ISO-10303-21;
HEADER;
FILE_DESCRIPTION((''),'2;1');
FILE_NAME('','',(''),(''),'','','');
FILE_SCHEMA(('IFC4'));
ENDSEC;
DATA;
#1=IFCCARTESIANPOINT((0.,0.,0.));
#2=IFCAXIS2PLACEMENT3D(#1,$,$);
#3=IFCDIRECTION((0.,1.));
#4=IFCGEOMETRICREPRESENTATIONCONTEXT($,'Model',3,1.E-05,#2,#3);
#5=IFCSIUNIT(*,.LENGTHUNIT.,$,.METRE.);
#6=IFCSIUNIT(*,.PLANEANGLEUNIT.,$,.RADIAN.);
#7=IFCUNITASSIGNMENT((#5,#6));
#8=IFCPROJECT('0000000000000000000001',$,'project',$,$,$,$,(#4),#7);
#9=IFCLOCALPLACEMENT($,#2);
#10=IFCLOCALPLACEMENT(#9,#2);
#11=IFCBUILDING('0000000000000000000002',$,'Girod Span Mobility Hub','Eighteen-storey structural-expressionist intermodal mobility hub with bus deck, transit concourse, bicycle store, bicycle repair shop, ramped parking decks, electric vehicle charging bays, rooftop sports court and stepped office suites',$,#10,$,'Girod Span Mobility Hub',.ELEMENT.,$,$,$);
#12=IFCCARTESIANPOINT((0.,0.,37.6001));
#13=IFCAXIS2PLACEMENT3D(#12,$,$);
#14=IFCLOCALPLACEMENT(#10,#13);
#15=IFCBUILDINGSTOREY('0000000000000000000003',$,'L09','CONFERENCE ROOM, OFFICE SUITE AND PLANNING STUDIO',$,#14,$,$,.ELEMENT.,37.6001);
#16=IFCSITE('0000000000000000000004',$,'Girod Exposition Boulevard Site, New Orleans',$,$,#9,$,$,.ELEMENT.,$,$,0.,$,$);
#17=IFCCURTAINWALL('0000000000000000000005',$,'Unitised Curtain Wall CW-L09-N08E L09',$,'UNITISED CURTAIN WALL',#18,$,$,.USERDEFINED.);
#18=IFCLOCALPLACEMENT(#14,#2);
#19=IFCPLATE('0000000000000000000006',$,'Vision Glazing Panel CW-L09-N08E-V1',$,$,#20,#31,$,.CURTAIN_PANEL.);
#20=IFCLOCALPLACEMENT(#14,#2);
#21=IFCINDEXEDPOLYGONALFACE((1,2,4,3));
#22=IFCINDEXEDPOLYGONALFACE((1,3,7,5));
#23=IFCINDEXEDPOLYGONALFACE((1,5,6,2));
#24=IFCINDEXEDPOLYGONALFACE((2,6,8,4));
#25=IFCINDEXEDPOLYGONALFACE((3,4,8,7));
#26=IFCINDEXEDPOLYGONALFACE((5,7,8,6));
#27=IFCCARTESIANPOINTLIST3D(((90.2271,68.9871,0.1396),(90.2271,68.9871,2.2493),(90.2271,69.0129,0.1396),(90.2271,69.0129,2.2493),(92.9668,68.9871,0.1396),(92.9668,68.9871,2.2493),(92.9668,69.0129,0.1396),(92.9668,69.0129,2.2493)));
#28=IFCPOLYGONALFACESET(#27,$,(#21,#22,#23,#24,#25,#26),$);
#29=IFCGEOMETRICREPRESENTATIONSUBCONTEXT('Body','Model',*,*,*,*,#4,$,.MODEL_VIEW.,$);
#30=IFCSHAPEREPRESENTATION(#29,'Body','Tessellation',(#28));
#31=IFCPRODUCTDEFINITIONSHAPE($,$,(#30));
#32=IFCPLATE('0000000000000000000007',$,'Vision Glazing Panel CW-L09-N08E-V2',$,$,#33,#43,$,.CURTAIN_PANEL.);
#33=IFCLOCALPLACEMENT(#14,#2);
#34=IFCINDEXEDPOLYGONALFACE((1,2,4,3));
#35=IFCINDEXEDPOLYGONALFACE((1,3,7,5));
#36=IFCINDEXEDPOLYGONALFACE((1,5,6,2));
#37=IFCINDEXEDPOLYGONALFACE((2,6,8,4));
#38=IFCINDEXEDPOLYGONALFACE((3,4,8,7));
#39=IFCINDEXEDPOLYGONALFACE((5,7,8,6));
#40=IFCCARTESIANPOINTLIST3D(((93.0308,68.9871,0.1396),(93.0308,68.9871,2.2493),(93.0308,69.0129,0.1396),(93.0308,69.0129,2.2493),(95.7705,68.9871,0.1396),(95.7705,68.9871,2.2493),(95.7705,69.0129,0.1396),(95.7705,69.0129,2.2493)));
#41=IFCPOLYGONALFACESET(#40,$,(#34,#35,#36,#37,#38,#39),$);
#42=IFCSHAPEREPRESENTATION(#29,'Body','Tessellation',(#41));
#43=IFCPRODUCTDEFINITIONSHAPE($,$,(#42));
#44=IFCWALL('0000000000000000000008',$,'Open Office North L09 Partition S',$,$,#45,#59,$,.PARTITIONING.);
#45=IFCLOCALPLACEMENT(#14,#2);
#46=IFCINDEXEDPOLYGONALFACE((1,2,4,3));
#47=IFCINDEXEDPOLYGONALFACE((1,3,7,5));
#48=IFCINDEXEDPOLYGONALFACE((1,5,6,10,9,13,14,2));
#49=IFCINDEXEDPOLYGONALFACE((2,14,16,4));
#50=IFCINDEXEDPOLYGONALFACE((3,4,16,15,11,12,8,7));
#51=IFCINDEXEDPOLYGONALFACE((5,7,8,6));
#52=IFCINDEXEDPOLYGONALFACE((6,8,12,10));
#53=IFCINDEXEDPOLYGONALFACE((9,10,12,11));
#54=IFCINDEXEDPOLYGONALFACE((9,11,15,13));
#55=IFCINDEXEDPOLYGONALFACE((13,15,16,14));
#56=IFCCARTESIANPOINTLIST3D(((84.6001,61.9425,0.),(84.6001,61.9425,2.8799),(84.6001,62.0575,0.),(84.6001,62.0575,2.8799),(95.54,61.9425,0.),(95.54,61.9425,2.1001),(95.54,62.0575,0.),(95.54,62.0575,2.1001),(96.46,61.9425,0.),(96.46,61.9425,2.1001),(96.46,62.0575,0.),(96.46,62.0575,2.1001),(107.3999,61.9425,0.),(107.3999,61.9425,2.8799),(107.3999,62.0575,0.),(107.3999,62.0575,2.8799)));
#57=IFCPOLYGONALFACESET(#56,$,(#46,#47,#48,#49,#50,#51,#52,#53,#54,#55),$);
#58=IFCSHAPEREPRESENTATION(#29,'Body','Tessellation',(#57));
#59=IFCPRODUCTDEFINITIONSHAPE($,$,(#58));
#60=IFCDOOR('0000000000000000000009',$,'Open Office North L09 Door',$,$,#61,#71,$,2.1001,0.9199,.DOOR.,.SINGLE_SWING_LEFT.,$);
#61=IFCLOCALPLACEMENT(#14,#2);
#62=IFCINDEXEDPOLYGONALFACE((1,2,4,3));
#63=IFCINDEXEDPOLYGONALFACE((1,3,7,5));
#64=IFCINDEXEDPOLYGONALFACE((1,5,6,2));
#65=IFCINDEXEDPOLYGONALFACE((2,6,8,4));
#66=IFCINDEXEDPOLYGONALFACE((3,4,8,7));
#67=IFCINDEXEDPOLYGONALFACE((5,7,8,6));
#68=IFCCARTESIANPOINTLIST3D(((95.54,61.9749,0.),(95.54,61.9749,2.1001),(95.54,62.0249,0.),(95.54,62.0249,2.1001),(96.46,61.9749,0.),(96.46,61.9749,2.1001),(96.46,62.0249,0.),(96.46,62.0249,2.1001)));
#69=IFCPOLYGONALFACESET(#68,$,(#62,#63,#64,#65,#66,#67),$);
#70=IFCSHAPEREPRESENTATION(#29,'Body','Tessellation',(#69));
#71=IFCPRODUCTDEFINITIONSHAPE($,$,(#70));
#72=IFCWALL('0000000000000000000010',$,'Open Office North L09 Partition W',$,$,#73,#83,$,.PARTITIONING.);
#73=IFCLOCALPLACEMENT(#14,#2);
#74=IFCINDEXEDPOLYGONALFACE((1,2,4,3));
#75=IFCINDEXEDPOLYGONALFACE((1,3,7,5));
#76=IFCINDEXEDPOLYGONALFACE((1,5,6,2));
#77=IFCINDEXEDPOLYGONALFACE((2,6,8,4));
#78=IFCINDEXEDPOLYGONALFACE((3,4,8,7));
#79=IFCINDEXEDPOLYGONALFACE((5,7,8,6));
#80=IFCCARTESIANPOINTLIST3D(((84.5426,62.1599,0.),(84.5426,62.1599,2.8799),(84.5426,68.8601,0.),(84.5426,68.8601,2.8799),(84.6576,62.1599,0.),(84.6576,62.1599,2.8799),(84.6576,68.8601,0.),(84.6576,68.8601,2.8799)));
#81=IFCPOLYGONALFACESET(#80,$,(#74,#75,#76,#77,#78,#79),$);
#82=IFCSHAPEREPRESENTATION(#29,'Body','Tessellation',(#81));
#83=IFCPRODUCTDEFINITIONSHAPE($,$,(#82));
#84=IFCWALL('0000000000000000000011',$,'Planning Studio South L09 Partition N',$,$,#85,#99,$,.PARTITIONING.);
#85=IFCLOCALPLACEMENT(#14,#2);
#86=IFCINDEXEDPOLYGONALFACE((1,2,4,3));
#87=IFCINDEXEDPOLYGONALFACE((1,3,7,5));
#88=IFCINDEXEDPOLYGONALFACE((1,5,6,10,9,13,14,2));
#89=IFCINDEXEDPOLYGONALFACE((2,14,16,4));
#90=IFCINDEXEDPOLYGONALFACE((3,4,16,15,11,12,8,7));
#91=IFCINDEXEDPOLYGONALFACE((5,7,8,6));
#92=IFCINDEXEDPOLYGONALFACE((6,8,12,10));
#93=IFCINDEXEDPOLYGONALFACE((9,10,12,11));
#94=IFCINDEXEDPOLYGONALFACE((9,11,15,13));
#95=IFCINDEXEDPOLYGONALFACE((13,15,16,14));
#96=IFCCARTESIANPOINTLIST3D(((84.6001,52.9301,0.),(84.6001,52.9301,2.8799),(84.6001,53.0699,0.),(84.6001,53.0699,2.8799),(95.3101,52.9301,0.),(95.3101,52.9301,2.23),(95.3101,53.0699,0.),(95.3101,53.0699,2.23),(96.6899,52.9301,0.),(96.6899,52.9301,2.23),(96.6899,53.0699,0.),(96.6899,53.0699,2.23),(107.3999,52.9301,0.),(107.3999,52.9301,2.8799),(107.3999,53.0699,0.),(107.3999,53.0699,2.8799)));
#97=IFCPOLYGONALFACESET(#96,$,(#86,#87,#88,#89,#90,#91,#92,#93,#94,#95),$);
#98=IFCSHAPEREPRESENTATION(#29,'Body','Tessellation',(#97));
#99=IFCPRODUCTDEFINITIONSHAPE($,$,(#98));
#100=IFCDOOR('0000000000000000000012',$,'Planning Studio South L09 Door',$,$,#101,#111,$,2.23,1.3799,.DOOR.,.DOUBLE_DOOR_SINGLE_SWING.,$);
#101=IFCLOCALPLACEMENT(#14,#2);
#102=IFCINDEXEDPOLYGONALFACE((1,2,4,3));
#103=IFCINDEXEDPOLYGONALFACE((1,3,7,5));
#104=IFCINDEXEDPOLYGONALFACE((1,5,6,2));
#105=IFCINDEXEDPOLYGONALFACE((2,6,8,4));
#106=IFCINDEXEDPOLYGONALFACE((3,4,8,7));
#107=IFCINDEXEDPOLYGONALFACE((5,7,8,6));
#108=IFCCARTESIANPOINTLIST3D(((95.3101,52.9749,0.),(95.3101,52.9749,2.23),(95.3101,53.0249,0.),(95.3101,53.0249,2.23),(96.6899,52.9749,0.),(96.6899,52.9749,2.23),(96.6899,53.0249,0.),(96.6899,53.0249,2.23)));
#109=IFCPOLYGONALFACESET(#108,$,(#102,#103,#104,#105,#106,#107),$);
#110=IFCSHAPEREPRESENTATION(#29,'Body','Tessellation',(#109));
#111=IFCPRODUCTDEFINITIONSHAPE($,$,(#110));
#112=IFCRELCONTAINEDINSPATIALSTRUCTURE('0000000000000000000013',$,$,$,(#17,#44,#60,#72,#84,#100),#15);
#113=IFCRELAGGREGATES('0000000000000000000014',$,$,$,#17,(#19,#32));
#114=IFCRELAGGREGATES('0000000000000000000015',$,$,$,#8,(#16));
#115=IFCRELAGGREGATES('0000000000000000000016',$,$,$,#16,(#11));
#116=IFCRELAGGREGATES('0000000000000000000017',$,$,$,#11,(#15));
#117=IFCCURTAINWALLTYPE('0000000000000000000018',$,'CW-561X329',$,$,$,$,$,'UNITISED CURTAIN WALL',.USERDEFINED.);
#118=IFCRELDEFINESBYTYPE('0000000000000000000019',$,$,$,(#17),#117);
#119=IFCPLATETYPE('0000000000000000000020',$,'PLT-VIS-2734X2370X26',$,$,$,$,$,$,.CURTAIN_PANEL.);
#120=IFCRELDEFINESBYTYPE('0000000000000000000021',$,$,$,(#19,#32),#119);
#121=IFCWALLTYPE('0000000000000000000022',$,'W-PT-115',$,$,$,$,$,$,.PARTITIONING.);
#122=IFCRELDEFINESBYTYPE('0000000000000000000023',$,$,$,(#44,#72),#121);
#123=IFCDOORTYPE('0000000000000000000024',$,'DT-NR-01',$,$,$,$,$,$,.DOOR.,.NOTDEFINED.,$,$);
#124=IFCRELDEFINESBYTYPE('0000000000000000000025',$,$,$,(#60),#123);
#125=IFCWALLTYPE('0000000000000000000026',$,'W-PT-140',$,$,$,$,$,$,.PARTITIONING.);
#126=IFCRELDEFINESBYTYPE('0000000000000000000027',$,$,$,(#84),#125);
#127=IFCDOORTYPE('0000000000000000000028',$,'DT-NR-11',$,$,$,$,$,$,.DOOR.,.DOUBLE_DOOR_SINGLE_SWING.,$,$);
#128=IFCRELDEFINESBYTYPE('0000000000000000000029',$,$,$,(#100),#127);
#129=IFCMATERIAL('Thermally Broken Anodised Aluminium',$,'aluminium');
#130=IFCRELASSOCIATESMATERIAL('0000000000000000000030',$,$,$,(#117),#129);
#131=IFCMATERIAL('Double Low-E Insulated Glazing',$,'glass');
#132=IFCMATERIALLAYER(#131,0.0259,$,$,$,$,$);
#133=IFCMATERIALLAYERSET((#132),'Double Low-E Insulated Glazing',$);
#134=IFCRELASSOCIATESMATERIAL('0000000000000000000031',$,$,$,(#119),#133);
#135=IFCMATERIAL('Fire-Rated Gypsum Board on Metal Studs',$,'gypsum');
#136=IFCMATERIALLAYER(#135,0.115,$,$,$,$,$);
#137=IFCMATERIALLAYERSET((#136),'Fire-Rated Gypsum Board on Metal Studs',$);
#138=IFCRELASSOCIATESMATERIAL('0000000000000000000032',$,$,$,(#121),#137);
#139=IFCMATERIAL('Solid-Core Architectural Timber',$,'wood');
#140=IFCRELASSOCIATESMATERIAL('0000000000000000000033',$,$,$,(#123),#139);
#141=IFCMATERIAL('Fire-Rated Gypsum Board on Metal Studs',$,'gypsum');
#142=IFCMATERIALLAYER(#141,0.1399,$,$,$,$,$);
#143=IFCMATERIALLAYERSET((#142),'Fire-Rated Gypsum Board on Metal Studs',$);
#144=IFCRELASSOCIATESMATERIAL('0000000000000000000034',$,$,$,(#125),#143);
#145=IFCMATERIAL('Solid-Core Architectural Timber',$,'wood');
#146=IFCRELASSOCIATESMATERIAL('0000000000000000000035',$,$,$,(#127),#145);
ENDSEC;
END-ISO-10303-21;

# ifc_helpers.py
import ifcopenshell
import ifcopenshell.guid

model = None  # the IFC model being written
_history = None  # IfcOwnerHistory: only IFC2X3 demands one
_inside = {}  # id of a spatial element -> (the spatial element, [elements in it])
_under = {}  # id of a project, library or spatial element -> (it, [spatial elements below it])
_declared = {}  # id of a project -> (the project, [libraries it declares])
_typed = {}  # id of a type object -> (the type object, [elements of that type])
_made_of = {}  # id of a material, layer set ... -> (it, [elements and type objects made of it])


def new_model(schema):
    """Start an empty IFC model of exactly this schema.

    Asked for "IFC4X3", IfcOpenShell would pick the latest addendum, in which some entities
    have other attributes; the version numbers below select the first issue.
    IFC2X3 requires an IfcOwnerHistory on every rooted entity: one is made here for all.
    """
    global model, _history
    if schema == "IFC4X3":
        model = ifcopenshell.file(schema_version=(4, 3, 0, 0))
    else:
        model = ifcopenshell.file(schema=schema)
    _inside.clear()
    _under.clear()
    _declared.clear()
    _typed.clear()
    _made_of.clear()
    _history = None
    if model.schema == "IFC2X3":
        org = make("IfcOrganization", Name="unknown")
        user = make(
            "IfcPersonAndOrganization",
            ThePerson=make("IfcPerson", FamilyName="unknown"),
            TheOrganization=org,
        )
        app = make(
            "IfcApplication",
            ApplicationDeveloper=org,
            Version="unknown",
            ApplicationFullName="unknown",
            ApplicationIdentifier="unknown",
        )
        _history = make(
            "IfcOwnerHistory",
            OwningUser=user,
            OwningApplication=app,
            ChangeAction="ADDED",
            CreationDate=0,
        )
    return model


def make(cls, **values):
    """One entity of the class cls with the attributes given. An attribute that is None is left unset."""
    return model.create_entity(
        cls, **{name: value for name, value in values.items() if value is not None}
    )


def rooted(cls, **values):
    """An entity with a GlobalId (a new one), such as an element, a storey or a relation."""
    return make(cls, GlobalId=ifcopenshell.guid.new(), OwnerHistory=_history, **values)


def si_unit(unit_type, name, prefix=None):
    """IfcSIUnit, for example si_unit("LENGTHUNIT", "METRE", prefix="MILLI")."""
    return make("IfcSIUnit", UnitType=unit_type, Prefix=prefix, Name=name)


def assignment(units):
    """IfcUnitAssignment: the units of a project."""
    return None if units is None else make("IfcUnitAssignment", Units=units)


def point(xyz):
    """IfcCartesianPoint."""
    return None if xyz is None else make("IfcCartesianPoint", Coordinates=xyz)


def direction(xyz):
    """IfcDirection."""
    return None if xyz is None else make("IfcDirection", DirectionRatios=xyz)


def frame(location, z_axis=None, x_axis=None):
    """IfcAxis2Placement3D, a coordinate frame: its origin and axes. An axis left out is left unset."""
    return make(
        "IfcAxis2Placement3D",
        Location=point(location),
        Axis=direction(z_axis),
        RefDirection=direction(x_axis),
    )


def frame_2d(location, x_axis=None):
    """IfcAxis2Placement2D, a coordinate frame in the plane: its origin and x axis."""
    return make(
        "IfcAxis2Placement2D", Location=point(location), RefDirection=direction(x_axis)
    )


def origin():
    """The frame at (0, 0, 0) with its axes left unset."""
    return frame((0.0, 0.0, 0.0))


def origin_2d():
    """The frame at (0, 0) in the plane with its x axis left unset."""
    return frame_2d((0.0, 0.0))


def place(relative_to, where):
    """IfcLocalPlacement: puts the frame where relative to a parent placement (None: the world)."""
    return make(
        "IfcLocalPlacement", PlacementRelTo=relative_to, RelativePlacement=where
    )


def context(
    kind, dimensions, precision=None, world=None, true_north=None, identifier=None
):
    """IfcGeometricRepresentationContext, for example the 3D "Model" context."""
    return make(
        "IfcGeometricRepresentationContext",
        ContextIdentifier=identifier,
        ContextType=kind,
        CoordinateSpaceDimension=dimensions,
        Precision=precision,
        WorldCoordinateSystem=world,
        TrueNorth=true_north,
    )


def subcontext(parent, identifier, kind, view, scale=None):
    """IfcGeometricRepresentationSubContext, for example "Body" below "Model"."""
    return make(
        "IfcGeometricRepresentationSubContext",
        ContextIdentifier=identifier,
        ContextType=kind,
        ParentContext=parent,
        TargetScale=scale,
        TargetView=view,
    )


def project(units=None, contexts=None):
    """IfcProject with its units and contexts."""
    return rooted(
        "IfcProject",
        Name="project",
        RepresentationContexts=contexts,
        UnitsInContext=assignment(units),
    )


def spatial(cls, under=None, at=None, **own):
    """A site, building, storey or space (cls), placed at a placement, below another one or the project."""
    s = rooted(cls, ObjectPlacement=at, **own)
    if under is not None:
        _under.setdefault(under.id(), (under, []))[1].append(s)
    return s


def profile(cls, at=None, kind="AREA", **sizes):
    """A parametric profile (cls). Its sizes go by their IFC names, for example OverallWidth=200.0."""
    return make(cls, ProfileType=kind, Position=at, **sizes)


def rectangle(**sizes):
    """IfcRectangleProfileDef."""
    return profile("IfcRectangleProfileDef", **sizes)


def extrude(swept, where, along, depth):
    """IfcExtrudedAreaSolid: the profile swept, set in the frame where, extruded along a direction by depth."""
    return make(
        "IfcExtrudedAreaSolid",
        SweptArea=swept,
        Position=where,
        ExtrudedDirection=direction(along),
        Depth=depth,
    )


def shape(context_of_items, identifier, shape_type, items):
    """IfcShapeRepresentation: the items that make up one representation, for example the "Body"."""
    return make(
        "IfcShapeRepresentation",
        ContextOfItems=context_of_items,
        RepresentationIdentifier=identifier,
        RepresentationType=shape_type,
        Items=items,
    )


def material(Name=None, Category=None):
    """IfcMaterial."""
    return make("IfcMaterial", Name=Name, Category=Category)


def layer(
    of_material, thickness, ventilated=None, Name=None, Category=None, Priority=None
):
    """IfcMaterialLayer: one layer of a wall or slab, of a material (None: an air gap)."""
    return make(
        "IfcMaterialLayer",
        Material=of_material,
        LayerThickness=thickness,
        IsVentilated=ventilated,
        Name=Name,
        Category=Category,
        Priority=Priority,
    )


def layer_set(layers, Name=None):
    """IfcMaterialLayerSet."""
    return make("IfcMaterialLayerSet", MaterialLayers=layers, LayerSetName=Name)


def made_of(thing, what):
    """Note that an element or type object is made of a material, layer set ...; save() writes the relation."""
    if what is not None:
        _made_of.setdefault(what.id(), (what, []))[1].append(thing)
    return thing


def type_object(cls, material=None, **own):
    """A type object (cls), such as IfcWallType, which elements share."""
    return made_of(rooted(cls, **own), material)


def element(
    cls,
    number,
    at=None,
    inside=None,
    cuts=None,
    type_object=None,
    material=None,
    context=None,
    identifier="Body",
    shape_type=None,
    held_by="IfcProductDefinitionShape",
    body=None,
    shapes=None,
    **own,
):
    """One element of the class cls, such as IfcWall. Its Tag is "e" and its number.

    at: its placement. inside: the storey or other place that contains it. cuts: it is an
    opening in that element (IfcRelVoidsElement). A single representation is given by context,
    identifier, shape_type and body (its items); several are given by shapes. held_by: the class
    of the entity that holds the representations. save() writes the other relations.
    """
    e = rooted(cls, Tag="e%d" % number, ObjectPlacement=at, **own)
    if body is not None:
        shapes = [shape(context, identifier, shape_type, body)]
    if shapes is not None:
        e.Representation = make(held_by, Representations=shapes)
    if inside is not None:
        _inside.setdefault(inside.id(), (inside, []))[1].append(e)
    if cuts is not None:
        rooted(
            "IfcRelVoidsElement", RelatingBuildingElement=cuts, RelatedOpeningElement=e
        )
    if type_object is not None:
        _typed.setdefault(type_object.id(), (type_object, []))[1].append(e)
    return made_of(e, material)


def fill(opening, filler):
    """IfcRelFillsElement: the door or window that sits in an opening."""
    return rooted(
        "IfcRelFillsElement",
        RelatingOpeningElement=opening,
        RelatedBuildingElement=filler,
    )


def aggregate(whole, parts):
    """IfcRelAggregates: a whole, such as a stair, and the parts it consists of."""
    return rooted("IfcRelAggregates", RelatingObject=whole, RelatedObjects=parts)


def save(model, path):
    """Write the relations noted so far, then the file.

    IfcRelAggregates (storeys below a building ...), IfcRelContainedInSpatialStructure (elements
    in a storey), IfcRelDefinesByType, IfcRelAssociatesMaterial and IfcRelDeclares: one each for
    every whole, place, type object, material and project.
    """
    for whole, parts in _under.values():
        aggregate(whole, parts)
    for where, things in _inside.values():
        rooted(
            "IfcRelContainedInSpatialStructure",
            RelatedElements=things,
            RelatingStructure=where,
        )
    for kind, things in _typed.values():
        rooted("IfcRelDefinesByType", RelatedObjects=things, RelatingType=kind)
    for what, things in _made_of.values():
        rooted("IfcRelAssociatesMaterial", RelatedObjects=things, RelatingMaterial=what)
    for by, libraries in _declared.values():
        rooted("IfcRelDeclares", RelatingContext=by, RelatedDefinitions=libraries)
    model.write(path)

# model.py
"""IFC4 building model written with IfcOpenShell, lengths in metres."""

from ifc_helpers import new_model, si_unit, direction, frame, frame_2d, origin, origin_2d, place, context, subcontext, project, spatial, rectangle, extrude, material, layer, layer_set, type_object, element, fill, aggregate, save


model = new_model("IFC4")

# Units and contexts
model_context = context("Model", 3, precision=1e-05, world=origin(), true_north=direction((0.0, 1.0)))
body_context = subcontext(model_context, "Body", "Model", "MODEL_VIEW")
ifc_project = project(units=[si_unit("LENGTHUNIT", "METRE"), si_unit("PLANEANGLEUNIT", "RADIAN")], contexts=[model_context])

# Site, building, storey
site_placement = place(None, origin())
site = spatial("IfcSite", under=ifc_project, at=site_placement, Name="Girod Exposition Boulevard Site, New Orleans", CompositionType="ELEMENT", RefElevation=0.0)
building_placement = place(site_placement, origin())
building = spatial("IfcBuilding", under=site, at=building_placement, Name="Girod Span Mobility Hub", Description="Eighteen-storey structural-expressionist intermodal mobility hub with bus deck, transit concourse, bicycle store, bicycle repair shop, ramped parking decks, electric vehicle charging bays, rooftop sports court and stepped office suites", LongName="Girod Span Mobility Hub", CompositionType="ELEMENT")
storey_placement = place(building_placement, frame((0.0, 0.0, 37.6001)))
storey = spatial("IfcBuildingStorey", under=building, at=storey_placement, Name="L09", Description="CONFERENCE ROOM, OFFICE SUITE AND PLANNING STUDIO", CompositionType="ELEMENT", Elevation=37.6001)

# Curtain wall
ifc_material_1 = material(Name="Thermally Broken Anodised Aluminium", Category="aluminium")
curtain_wall_type = type_object("IfcCurtainWallType", Name="CW-561X329", ElementType="UNITISED CURTAIN WALL", PredefinedType="USERDEFINED", material=ifc_material_1)
curtain_wall_1_placement = place(storey_placement, origin())
curtain_wall_1 = element("IfcCurtainWall", 1, at=curtain_wall_1_placement, inside=storey, type_object=curtain_wall_type, Name="Unitised Curtain Wall CW-L09-N08E L09", ObjectType="UNITISED CURTAIN WALL", PredefinedType="USERDEFINED")

# Plates
ifc_material_2 = material(Name="Double Low-E Insulated Glazing", Category="glass")
ifc_layer_1 = layer(ifc_material_2, 0.0259)
ifc_layer_set_1 = layer_set([ifc_layer_1], Name="Double Low-E Insulated Glazing")
plate_type_1 = type_object("IfcPlateType", Name="PLT-VIS-2734X2370X26", PredefinedType="CURTAIN_PANEL", material=ifc_layer_set_1)
plate_1_placement = place(storey_placement, frame((91.5969, 69.0, 0.1396), z_axis=(0.0, 0.0, 1.0), x_axis=(1.0, 0.0, 0.0)))
plate_1 = element("IfcPlate", 2, at=plate_1_placement, type_object=plate_type_1, Name="Vision Glazing Panel CW-L09-N08E-V1", PredefinedType="CURTAIN_PANEL", context=body_context, shape_type="SweptSolid", body=[
    extrude(rectangle(XDim=2.7397, YDim=0.0259, at=origin_2d()), origin(), (0.0, 0.0, 1.0), 2.1096),
])
plate_2_placement = place(storey_placement, frame((94.4006, 69.0, 0.1396), z_axis=(0.0, 0.0, 1.0), x_axis=(1.0, 0.0, 0.0)))
plate_2 = element("IfcPlate", 3, at=plate_2_placement, type_object=plate_type_1, Name="Vision Glazing Panel CW-L09-N08E-V2", PredefinedType="CURTAIN_PANEL", context=body_context, shape_type="SweptSolid", body=[
    extrude(rectangle(XDim=2.7397, YDim=0.0259, at=origin_2d()), origin(), (0.0, 0.0, 1.0), 2.1096),
])
aggregate(curtain_wall_1, [plate_1, plate_2])

# Wall, opening, door
ifc_material_3 = material(Name="Fire-Rated Gypsum Board on Metal Studs", Category="gypsum")
ifc_layer_2 = layer(ifc_material_3, 0.115)
ifc_layer_set_2 = layer_set([ifc_layer_2], Name="Fire-Rated Gypsum Board on Metal Studs")
wall_type_1 = type_object("IfcWallType", Name="W-PT-115", PredefinedType="PARTITIONING", material=ifc_layer_set_2)
wall_1_placement = place(storey_placement, frame((84.6001, 62.0, 0.0), z_axis=(0.0, 0.0, 1.0), x_axis=(1.0, 0.0, 0.0)))
wall_1 = element("IfcWall", 4, at=wall_1_placement, inside=storey, type_object=wall_type_1, Name="Open Office North L09 Partition S", PredefinedType="PARTITIONING", context=body_context, shape_type="SweptSolid", body=[
    extrude(rectangle(XDim=22.7998, YDim=0.115, at=frame_2d((11.3999, 0.0))), origin(), (0.0, 0.0, 1.0), 2.8799),
])
opening_1_placement = place(wall_1_placement, frame((10.9399, 0.0, 0.0)))
opening_1 = element("IfcOpeningElement", 5, at=opening_1_placement, cuts=wall_1, PredefinedType="OPENING", context=body_context, shape_type="SweptSolid", body=[
    extrude(rectangle(XDim=0.9199, YDim=2.1001, at=frame_2d((0.46, 1.05))), frame((0.0, 0.0725, 0.0), z_axis=(0.0, -1.0, 0.0), x_axis=(1.0, 0.0, 0.0)), (0.0, 0.0, 1.0), 0.145),
])
ifc_material_4 = material(Name="Solid-Core Architectural Timber", Category="wood")
door_type_1 = type_object("IfcDoorType", Name="DT-NR-01", OperationType="NOTDEFINED", PredefinedType="DOOR", material=ifc_material_4)
door_1_placement = place(opening_1_placement, origin())
door_1 = element("IfcDoor", 6, at=door_1_placement, inside=storey, type_object=door_type_1, Name="Open Office North L09 Door", OperationType="SINGLE_SWING_LEFT", OverallHeight=2.1001, OverallWidth=0.9199, PredefinedType="DOOR", context=body_context, shape_type="SweptSolid", body=[
    extrude(rectangle(XDim=0.9199, YDim=2.1001, at=frame_2d((0.46, 1.05))), frame((0.0, 0.0249, 0.0), z_axis=(0.0, -1.0, 0.0), x_axis=(1.0, 0.0, 0.0)), (0.0, 0.0, 1.0), 0.05),
])
fill(opening_1, door_1)

# Wall
wall_2_placement = place(storey_placement, frame((84.6001, 62.1599, 0.0), z_axis=(0.0, 0.0, 1.0), x_axis=(0.0, 1.0, 0.0)))
element("IfcWall", 7, at=wall_2_placement, inside=storey, type_object=wall_type_1, Name="Open Office North L09 Partition W", PredefinedType="PARTITIONING", context=body_context, shape_type="SweptSolid", body=[
    extrude(rectangle(XDim=6.7002, YDim=0.115, at=frame_2d((3.3501, 0.0))), origin(), (0.0, 0.0, 1.0), 2.8799),
])

# Wall, opening, door
ifc_material_5 = material(Name="Fire-Rated Gypsum Board on Metal Studs", Category="gypsum")
ifc_layer_3 = layer(ifc_material_5, 0.1399)
ifc_layer_set_3 = layer_set([ifc_layer_3], Name="Fire-Rated Gypsum Board on Metal Studs")
wall_type_2 = type_object("IfcWallType", Name="W-PT-140", PredefinedType="PARTITIONING", material=ifc_layer_set_3)
wall_3_placement = place(storey_placement, frame((84.6001, 53.0, 0.0), z_axis=(0.0, 0.0, 1.0), x_axis=(1.0, 0.0, 0.0)))
wall_3 = element("IfcWall", 8, at=wall_3_placement, inside=storey, type_object=wall_type_2, Name="Planning Studio South L09 Partition N", PredefinedType="PARTITIONING", context=body_context, shape_type="SweptSolid", body=[
    extrude(rectangle(XDim=22.7998, YDim=0.1399, at=frame_2d((11.3999, 0.0))), origin(), (0.0, 0.0, 1.0), 2.8799),
])
opening_2_placement = place(wall_3_placement, frame((10.71, 0.0, 0.0)))
opening_2 = element("IfcOpeningElement", 9, at=opening_2_placement, cuts=wall_3, PredefinedType="OPENING", context=body_context, shape_type="SweptSolid", body=[
    extrude(rectangle(XDim=1.3799, YDim=2.23, at=frame_2d((0.6899, 1.115))), frame((0.0, 0.085, 0.0), z_axis=(0.0, -1.0, 0.0), x_axis=(1.0, 0.0, 0.0)), (0.0, 0.0, 1.0), 0.1699),
])
ifc_material_6 = material(Name="Solid-Core Architectural Timber", Category="wood")
door_type_2 = type_object("IfcDoorType", Name="DT-NR-11", OperationType="DOUBLE_DOOR_SINGLE_SWING", PredefinedType="DOOR", material=ifc_material_6)
door_2_placement = place(opening_2_placement, origin())
door_2 = element("IfcDoor", 10, at=door_2_placement, inside=storey, type_object=door_type_2, Name="Planning Studio South L09 Door", OperationType="DOUBLE_DOOR_SINGLE_SWING", OverallHeight=2.23, OverallWidth=1.3799, PredefinedType="DOOR", context=body_context, shape_type="SweptSolid", body=[
    extrude(rectangle(XDim=1.3799, YDim=2.23, at=frame_2d((0.6899, 1.115))), frame((0.0, 0.0249, 0.0), z_axis=(0.0, -1.0, 0.0), x_axis=(1.0, 0.0, 0.0)), (0.0, 0.0, 1.0), 0.05),
])
fill(opening_2, door_2)

save(model, "model.ifc")
